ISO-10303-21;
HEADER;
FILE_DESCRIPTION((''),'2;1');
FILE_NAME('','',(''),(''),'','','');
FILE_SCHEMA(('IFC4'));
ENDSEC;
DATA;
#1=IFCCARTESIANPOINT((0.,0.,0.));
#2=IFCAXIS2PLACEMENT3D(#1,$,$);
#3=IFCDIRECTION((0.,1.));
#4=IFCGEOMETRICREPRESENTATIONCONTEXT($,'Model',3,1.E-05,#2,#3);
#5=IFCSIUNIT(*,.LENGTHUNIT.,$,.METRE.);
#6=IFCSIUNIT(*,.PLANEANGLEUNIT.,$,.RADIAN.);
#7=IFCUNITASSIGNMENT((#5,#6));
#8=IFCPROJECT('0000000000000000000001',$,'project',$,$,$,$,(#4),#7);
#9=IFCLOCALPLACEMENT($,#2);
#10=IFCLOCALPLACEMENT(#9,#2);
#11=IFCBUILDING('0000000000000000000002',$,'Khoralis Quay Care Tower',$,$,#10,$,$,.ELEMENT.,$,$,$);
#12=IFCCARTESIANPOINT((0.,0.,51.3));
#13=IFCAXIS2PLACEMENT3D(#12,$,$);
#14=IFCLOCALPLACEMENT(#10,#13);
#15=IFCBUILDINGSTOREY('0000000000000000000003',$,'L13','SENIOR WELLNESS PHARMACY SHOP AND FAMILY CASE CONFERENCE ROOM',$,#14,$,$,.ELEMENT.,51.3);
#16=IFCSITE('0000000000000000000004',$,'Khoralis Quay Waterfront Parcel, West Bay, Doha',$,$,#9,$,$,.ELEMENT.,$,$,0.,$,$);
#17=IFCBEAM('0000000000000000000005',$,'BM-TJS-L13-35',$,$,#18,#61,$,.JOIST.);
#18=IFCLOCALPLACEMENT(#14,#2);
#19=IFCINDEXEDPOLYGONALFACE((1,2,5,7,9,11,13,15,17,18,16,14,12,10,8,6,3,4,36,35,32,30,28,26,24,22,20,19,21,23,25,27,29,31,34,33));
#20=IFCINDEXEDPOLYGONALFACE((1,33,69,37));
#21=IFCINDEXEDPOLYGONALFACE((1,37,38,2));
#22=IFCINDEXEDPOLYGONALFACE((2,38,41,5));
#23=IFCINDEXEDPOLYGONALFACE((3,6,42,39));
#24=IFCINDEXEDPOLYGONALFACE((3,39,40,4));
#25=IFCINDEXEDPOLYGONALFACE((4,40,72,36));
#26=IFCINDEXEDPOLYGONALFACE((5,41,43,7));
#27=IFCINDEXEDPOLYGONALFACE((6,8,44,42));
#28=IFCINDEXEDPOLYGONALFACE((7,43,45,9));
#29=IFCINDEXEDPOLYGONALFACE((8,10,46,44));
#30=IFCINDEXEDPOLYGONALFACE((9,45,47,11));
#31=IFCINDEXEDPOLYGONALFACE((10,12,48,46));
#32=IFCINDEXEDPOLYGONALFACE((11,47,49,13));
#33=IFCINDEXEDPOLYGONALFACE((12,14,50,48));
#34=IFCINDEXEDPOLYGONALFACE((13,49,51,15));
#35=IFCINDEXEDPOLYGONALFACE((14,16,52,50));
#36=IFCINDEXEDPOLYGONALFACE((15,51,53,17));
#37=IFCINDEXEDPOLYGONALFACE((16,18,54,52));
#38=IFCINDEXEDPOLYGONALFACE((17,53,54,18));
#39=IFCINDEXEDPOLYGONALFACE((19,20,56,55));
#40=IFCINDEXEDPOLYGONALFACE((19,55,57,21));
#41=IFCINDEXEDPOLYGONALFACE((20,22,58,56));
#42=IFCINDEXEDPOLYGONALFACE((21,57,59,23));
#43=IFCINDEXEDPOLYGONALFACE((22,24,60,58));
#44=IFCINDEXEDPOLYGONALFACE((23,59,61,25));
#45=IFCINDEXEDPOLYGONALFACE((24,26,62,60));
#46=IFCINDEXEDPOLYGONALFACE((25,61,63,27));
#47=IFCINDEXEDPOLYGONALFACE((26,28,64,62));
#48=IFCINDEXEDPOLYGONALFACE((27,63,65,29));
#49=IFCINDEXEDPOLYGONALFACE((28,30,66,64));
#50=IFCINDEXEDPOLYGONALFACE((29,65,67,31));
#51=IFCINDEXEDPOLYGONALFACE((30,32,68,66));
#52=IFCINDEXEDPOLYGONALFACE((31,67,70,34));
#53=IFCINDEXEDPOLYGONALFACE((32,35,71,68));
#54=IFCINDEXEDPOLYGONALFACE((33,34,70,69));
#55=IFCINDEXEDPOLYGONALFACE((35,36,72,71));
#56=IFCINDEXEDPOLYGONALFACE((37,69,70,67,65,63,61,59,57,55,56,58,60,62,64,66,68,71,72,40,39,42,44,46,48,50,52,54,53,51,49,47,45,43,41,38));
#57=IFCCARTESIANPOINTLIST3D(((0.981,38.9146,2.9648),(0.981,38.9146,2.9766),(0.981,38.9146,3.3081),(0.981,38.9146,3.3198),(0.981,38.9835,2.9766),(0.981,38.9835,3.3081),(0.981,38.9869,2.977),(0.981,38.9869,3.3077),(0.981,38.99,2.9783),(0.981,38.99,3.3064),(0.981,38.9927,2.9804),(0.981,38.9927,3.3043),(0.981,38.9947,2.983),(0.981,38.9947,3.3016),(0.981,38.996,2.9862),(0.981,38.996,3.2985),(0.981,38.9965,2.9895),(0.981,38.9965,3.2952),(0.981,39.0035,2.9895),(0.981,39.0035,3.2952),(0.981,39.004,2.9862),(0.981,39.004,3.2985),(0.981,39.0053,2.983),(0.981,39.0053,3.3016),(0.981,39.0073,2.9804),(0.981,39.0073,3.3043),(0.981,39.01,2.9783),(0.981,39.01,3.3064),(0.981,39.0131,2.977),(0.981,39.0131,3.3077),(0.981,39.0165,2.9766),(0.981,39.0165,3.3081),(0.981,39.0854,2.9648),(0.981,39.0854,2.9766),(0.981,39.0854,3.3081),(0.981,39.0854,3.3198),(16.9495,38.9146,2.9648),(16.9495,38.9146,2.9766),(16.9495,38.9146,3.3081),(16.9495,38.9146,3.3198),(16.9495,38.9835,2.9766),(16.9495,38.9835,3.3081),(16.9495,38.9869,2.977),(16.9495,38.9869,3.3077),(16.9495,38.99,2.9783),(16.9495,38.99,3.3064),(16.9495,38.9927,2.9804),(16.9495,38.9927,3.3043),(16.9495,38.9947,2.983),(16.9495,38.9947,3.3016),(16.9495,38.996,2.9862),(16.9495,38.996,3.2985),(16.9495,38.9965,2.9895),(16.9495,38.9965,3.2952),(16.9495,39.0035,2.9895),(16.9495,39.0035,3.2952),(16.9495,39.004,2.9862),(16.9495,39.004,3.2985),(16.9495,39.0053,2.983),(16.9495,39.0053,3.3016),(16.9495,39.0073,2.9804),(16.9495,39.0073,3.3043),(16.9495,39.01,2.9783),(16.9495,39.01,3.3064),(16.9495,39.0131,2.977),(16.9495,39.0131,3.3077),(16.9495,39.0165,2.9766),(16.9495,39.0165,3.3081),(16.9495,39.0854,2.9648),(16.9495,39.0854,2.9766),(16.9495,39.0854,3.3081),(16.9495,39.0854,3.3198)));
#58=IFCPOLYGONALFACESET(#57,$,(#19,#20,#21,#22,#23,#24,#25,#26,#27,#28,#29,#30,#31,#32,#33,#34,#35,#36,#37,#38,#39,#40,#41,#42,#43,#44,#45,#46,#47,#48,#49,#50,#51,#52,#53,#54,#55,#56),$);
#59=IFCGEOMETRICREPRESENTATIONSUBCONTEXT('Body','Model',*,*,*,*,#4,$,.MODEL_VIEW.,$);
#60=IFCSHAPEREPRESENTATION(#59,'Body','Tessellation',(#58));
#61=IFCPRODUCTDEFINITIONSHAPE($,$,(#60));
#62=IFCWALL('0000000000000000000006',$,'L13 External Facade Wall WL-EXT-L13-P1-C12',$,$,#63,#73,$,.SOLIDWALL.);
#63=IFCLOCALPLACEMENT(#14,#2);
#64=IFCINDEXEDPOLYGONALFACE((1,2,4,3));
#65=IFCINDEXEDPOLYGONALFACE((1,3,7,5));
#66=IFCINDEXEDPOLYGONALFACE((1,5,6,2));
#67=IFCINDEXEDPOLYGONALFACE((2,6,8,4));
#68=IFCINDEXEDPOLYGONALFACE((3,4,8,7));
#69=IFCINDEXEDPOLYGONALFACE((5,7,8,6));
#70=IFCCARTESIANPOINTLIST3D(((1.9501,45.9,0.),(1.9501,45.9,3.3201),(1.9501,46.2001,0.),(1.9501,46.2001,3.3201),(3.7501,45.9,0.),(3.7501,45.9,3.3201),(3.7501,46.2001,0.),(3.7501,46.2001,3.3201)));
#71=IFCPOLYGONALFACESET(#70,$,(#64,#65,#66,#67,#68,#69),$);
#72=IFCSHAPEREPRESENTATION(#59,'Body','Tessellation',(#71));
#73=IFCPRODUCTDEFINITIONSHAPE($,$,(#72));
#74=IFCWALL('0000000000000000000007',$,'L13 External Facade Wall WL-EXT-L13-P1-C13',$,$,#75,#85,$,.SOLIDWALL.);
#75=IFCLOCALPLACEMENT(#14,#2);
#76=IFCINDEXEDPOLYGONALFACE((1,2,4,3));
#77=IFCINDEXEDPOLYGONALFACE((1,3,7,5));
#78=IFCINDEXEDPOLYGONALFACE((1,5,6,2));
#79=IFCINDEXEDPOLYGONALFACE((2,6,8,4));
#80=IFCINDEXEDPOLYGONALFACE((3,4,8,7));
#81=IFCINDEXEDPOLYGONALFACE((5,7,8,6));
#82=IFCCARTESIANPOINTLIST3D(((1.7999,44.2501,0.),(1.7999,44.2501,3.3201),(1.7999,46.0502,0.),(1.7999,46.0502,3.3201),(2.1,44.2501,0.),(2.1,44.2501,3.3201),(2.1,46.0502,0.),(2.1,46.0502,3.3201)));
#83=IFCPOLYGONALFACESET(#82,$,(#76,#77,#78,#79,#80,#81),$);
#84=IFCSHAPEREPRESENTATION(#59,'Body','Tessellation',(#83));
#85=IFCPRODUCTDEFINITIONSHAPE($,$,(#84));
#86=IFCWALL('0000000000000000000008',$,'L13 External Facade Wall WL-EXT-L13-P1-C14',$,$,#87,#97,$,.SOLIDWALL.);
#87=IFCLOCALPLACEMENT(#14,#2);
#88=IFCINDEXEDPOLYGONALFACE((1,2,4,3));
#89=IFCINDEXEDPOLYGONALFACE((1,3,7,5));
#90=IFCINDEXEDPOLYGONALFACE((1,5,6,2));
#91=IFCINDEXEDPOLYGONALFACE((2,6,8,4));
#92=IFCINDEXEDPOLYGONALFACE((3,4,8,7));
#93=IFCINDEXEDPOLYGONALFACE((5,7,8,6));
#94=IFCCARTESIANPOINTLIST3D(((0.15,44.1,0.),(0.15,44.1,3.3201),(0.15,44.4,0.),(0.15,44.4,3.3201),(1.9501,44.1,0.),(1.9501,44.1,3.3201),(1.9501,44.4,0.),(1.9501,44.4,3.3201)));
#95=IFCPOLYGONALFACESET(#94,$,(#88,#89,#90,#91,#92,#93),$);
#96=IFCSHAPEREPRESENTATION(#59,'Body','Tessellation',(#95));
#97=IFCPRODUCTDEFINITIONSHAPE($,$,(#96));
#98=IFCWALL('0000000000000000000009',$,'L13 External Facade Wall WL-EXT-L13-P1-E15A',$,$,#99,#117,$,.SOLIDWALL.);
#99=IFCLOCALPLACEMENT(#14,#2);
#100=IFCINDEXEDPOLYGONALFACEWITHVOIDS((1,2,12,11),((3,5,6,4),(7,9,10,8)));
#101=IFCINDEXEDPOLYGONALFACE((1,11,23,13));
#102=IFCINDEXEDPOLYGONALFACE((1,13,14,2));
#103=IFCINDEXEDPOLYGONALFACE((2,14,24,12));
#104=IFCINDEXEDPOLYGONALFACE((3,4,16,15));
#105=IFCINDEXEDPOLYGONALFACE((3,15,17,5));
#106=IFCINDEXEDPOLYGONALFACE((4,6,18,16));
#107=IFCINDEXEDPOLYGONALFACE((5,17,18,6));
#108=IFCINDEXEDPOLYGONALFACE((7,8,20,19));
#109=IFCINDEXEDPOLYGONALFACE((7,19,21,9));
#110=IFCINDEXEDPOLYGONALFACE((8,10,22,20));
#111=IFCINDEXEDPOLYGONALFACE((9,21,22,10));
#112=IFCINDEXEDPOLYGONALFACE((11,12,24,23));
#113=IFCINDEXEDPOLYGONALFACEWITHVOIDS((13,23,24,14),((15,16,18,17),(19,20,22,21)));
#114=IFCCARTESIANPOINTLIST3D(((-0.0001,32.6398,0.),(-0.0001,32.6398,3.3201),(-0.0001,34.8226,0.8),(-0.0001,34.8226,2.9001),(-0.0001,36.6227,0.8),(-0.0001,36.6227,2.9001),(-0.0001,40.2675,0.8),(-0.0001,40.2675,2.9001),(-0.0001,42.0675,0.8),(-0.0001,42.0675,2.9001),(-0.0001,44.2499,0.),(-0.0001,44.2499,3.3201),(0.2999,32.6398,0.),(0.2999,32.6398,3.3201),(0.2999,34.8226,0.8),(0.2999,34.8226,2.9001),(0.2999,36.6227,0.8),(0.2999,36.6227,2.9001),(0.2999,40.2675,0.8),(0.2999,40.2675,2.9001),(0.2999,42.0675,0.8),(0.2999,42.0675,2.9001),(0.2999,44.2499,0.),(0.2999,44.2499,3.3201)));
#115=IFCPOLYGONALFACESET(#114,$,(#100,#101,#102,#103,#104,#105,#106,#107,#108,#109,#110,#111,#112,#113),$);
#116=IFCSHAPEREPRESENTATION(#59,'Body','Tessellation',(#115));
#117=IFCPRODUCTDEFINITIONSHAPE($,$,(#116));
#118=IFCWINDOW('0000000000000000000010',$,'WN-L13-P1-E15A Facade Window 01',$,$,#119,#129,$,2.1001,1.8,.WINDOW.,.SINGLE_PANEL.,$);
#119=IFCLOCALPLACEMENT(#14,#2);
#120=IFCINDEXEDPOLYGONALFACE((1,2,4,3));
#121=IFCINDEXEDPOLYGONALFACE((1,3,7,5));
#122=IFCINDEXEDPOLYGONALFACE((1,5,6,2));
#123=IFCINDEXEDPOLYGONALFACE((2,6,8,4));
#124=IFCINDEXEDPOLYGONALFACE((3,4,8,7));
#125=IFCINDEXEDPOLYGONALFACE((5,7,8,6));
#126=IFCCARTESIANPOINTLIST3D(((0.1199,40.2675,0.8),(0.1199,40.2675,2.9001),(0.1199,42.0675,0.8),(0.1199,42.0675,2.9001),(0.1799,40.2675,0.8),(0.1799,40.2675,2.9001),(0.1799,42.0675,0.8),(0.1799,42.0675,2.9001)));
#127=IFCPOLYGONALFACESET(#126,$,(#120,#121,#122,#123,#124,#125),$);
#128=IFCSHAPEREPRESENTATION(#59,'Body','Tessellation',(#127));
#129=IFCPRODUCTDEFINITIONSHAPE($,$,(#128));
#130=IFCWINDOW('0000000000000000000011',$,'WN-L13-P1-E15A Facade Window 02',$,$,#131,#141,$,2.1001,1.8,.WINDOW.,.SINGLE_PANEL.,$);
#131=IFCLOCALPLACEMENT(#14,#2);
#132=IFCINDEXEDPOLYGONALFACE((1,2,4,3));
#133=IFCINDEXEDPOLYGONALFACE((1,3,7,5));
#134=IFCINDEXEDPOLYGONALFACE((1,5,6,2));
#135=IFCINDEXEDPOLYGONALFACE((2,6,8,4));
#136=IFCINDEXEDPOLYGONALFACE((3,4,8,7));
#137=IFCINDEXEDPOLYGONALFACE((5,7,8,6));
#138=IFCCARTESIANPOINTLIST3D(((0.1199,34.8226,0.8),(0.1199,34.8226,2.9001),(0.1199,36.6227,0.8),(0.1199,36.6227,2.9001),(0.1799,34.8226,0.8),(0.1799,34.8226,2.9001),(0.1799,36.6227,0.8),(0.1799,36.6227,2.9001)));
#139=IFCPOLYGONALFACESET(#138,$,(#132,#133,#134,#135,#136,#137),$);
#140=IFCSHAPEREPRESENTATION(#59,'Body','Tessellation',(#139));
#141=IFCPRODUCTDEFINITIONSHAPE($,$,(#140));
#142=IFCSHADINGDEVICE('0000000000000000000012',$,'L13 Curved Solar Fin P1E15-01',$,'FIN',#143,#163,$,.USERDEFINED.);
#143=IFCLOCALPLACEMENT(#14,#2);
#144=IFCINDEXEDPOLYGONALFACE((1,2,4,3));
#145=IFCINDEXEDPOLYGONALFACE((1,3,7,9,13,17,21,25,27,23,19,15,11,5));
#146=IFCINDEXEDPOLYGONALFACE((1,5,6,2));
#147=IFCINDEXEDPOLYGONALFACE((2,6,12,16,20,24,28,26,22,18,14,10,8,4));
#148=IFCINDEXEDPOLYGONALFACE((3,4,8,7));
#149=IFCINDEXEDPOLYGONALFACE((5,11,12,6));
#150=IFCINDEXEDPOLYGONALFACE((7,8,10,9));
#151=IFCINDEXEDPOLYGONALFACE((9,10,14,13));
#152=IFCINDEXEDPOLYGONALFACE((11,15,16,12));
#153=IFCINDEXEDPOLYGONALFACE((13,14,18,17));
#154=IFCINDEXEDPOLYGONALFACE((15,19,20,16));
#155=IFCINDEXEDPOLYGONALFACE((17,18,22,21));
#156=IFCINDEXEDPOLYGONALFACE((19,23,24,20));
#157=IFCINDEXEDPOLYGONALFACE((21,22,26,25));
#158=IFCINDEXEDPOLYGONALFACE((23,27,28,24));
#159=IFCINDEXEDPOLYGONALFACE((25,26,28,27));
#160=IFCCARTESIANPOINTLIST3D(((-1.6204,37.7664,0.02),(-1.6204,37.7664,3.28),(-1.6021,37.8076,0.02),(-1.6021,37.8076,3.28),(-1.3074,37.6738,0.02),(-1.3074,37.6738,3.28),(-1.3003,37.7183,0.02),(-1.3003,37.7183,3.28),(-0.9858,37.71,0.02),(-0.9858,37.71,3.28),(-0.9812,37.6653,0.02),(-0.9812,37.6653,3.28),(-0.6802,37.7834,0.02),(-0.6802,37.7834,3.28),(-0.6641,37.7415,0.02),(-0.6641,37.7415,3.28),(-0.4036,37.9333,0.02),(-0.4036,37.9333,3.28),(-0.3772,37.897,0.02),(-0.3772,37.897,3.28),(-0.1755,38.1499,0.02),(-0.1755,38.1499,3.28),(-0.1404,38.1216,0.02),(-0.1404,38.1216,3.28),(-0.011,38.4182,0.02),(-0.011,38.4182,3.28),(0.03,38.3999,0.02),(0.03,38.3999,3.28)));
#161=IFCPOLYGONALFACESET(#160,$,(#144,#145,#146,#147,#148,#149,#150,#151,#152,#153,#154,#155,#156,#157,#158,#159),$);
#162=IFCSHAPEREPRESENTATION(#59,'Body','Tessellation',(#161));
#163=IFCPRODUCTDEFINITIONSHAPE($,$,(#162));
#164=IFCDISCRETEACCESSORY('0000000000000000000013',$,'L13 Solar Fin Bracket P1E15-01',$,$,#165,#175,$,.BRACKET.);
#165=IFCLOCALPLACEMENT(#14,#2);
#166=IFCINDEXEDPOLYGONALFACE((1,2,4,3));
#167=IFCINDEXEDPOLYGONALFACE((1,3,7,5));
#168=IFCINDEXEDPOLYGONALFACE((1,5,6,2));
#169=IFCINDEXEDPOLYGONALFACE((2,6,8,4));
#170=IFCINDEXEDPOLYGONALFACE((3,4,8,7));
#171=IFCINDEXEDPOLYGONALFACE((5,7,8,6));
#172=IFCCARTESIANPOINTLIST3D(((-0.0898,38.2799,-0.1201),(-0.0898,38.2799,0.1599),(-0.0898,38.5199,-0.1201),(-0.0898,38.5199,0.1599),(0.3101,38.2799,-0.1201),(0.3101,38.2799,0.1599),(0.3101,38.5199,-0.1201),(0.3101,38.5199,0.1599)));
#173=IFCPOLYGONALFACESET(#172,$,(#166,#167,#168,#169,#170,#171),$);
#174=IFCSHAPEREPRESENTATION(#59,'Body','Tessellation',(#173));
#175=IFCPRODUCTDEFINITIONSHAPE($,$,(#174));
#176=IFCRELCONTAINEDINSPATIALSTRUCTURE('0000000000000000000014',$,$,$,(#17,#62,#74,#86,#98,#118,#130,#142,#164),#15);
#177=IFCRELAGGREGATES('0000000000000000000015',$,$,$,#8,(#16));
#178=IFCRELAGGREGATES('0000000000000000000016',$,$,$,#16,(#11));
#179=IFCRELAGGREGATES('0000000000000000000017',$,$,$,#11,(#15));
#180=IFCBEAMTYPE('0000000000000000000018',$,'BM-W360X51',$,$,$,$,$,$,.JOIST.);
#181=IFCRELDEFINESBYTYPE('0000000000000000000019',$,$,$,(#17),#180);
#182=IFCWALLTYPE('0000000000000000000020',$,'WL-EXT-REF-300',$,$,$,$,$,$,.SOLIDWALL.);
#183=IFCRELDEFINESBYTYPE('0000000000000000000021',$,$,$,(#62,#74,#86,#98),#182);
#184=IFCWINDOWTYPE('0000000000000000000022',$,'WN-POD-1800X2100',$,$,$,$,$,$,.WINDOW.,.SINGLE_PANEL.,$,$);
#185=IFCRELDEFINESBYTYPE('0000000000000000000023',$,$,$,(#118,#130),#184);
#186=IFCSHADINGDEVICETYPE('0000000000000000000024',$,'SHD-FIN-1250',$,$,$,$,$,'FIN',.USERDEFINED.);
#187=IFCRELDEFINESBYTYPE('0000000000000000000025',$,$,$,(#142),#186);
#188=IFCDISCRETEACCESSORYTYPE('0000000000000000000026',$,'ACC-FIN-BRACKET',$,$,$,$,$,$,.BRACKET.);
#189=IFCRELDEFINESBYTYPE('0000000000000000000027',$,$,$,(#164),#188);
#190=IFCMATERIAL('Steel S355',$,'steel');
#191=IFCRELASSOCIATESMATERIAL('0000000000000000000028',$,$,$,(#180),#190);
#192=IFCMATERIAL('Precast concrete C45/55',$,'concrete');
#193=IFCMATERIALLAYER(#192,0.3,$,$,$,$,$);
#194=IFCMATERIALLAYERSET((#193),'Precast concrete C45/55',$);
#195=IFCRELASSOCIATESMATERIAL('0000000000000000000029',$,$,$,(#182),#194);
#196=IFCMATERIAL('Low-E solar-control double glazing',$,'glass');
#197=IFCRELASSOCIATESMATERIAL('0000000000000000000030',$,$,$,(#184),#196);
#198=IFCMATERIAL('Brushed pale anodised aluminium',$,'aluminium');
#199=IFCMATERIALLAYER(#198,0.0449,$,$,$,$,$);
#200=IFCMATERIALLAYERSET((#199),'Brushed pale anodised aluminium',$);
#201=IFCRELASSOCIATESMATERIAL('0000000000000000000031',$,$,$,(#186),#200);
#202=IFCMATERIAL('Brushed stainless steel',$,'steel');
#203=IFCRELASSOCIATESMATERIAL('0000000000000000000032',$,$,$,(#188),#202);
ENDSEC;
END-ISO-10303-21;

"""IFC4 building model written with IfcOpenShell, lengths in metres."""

from ifc_helpers import new_model, si_unit, direction, frame, frame_2d, origin, origin_2d, place, context, subcontext, project, spatial, polyline, rectangle, i_section, outline, extrude, source, transform, mapped, material, layer, layer_set, material_profile, profile_set, type_object, element, fill, save


model = new_model("IFC4")

# Units and contexts
model_context = context("Model", 3, precision=1e-05, world=origin(), true_north=direction((0.0, 1.0)))
body_context = subcontext(model_context, "Body", "Model", "MODEL_VIEW")
ifc_project = project(units=[si_unit("LENGTHUNIT", "METRE"), si_unit("PLANEANGLEUNIT", "RADIAN")], contexts=[model_context])

# Site, building, storey
site_placement = place(None, origin())
site = spatial("IfcSite", under=ifc_project, at=site_placement, Name="Khoralis Quay Waterfront Parcel, West Bay, Doha", CompositionType="ELEMENT", RefElevation=0.0)
building_placement = place(site_placement, origin())
building = spatial("IfcBuilding", under=site, at=building_placement, Name="Khoralis Quay Care Tower", CompositionType="ELEMENT")
storey_placement = place(building_placement, frame((0.0, 0.0, 51.3)))
storey = spatial("IfcBuildingStorey", under=building, at=storey_placement, Name="L13", Description="SENIOR WELLNESS PHARMACY SHOP AND FAMILY CASE CONFERENCE ROOM", CompositionType="ELEMENT", Elevation=51.3)

# Beam
ifc_material_1 = material(Name="Steel S355", Category="steel")
ifc_material_profile_1 = material_profile(ifc_material_1, i_section(OverallWidth=0.1709, OverallDepth=0.355, WebThickness=0.0071, FlangeThickness=0.0117, FilletRadius=0.0129, at=origin_2d()), Name="Steel S355")
ifc_profile_set_1 = profile_set([ifc_material_profile_1], Name="Steel S355")
beam_type_1 = type_object("IfcBeamType", Name="BM-W360X51", PredefinedType="JOIST", material=ifc_profile_set_1)
shared_shape_1 = source(origin(), body_context, "Body", "SweptSolid", [
    extrude(i_section(OverallWidth=0.1709, OverallDepth=0.355, WebThickness=0.0071, FlangeThickness=0.0117, FilletRadius=0.0129, at=origin_2d()), origin(), (0.0, 0.0, 1.0), 15.9685),
])
beam_1_placement = place(storey_placement, frame((0.981, 39.0, 3.1423), z_axis=(1.0, 0.0, 0.0), x_axis=(0.0, 1.0, 0.0)))
element("IfcBeam", 1, at=beam_1_placement, inside=storey, type_object=beam_type_1, Name="BM-TJS-L13-35", PredefinedType="JOIST", context=body_context, shape_type="MappedRepresentation", body=[
    mapped(shared_shape_1, transform((0.0, 0.0, 0.0), scale=1.0)),
])

# Walls
ifc_material_2 = material(Name="Precast concrete C45/55", Category="concrete")
ifc_layer_1 = layer(ifc_material_2, 0.3)
ifc_layer_set_1 = layer_set([ifc_layer_1], Name="Precast concrete C45/55")
wall_type = type_object("IfcWallType", Name="WL-EXT-REF-300", PredefinedType="SOLIDWALL", material=ifc_layer_set_1)
for number, where, z_axis, x_axis, name in (
    (2, (3.75, 46.05, 0.0), (0.0, 0.0, 1.0), (-1.0, 0.0, 0.0), "L13 External Facade Wall WL-EXT-L13-P1-C12"),
    (3, (1.95, 46.05, 0.0), (0.0, 0.0, 1.0), (0.0, -1.0, 0.0), "L13 External Facade Wall WL-EXT-L13-P1-C13"),
    (4, (1.95, 44.25, 0.0), (0.0, 0.0, 1.0), (-1.0, 0.0, 0.0), "L13 External Facade Wall WL-EXT-L13-P1-C14"),
):
    element("IfcWall", number, at=place(storey_placement, frame(where, z_axis=z_axis, x_axis=x_axis)), inside=storey, type_object=wall_type, Name=name, PredefinedType="SOLIDWALL", context=body_context, shape_type="SweptSolid", body=[
        extrude(rectangle(XDim=1.8, YDim=0.3, at=frame_2d((0.8999, 0.0))), origin(), (0.0, 0.0, 1.0), 3.3201),
    ])

# Wall, openings, windows
wall_placement = place(storey_placement, frame((0.1499, 44.25, 0.0), z_axis=(0.0, 0.0, 1.0), x_axis=(0.0, -1.0, 0.0)))
wall = element("IfcWall", 5, at=wall_placement, inside=storey, type_object=wall_type, Name="L13 External Facade Wall WL-EXT-L13-P1-E15A", PredefinedType="SOLIDWALL", context=body_context, shape_type="SweptSolid", body=[
    extrude(rectangle(XDim=11.6101, YDim=0.3, at=frame_2d((5.8052, 0.0))), origin(), (0.0, 0.0, 1.0), 3.3201),
])
opening_1_placement = place(wall_placement, frame((2.1826, 0.0, 0.8)))
opening_1 = element("IfcOpeningElement", 6, at=opening_1_placement, cuts=wall, PredefinedType="OPENING", context=body_context, shape_type="SweptSolid", body=[
    extrude(rectangle(XDim=1.8, YDim=2.1001, at=frame_2d((0.8999, 1.05))), frame((0.0, 0.1602, 0.0), z_axis=(0.0, -1.0, 0.0), x_axis=(1.0, 0.0, 0.0)), (0.0, 0.0, 1.0), 0.3201),
])
opening_2_placement = place(wall_placement, frame((7.6274, 0.0, 0.8)))
opening_2 = element("IfcOpeningElement", 7, at=opening_2_placement, cuts=wall, PredefinedType="OPENING", context=body_context, shape_type="SweptSolid", body=[
    extrude(rectangle(XDim=1.8, YDim=2.1001, at=frame_2d((0.8999, 1.05))), frame((0.0, 0.1602, 0.0), z_axis=(0.0, -1.0, 0.0), x_axis=(1.0, 0.0, 0.0)), (0.0, 0.0, 1.0), 0.3201),
])
ifc_material_3 = material(Name="Low-E solar-control double glazing", Category="glass")
window_type = type_object("IfcWindowType", Name="WN-POD-1800X2100", PartitioningType="SINGLE_PANEL", PredefinedType="WINDOW", material=ifc_material_3)
shared_shape_2 = source(origin(), body_context, "Body", "SweptSolid", [
    extrude(rectangle(XDim=1.8, YDim=2.1001, at=frame_2d((0.8999, 1.05))), frame((0.0, 0.03, 0.0), z_axis=(0.0, -1.0, 0.0), x_axis=(1.0, 0.0, 0.0)), (0.0, 0.0, 1.0), 0.0601),
])
window_1_placement = place(opening_1_placement, origin())
window_1 = element("IfcWindow", 8, at=window_1_placement, inside=storey, type_object=window_type, Name="WN-L13-P1-E15A Facade Window 01", OverallHeight=2.1001, OverallWidth=1.8, PartitioningType="SINGLE_PANEL", PredefinedType="WINDOW", context=body_context, shape_type="MappedRepresentation", body=[
    mapped(shared_shape_2, transform((0.0, 0.0, 0.0), scale=1.0)),
])
fill(opening_1, window_1)
window_2_placement = place(opening_2_placement, origin())
window_2 = element("IfcWindow", 9, at=window_2_placement, inside=storey, type_object=window_type, Name="WN-L13-P1-E15A Facade Window 02", OverallHeight=2.1001, OverallWidth=1.8, PartitioningType="SINGLE_PANEL", PredefinedType="WINDOW", context=body_context, shape_type="MappedRepresentation", body=[
    mapped(shared_shape_2, transform((0.0, 0.0, 0.0), scale=1.0)),
])
fill(opening_2, window_2)

# Shading device
ifc_material_4 = material(Name="Brushed pale anodised aluminium", Category="aluminium")
ifc_layer_2 = layer(ifc_material_4, 0.0449)
ifc_layer_set_2 = layer_set([ifc_layer_2], Name="Brushed pale anodised aluminium")
shading_device_type = type_object("IfcShadingDeviceType", Name="SHD-FIN-1250", ElementType="FIN", PredefinedType="USERDEFINED", material=ifc_layer_set_2)
shared_shape_3 = source(origin(), body_context, "Body", "SweptSolid", [
    extrude(outline(polyline([(0.0, 0.0), (0.1704, 0.2783), (0.4072, 0.5029), (0.6941, 0.6584), (1.0112, 0.7346), (1.3374, 0.7261), (1.6504, 0.6335), (1.6321, 0.5923), (1.3303, 0.6816), (1.0159, 0.6899), (0.7102, 0.6165), (0.4336, 0.4666), (0.2056, 0.25), (0.041, -0.0183), (0.0, 0.0)])), origin(), (0.0, 0.0, 1.0), 3.26),
])
shading_device_placement = place(storey_placement, frame((0.03, 38.3999, 0.02), z_axis=(0.0, 0.0, 1.0), x_axis=(-1.0, 0.0, 0.0)))
element("IfcShadingDevice", 10, at=shading_device_placement, inside=storey, type_object=shading_device_type, Name="L13 Curved Solar Fin P1E15-01", ObjectType="FIN", PredefinedType="USERDEFINED", context=body_context, shape_type="MappedRepresentation", body=[
    mapped(shared_shape_3, transform((0.0, 0.0, 0.0), scale=1.0)),
])

# Discrete accessory
ifc_material_5 = material(Name="Brushed stainless steel", Category="steel")
discrete_accessory_type = type_object("IfcDiscreteAccessoryType", Name="ACC-FIN-BRACKET", PredefinedType="BRACKET", material=ifc_material_5)
shared_shape_4 = source(origin(), body_context, "Body", "SweptSolid", [
    extrude(rectangle(XDim=0.3999, YDim=0.24, at=origin_2d()), origin(), (0.0, 0.0, 1.0), 0.28),
])
discrete_accessory_placement = place(storey_placement, frame((0.1101, 38.3999, -0.1201), z_axis=(0.0, 0.0, 1.0), x_axis=(-1.0, 0.0, 0.0)))
element("IfcDiscreteAccessory", 11, at=discrete_accessory_placement, inside=storey, type_object=discrete_accessory_type, Name="L13 Solar Fin Bracket P1E15-01", PredefinedType="BRACKET", context=body_context, shape_type="MappedRepresentation", body=[
    mapped(shared_shape_4, transform((0.0, 0.0, 0.0), scale=1.0)),
])

save(model, "model.ifc")
